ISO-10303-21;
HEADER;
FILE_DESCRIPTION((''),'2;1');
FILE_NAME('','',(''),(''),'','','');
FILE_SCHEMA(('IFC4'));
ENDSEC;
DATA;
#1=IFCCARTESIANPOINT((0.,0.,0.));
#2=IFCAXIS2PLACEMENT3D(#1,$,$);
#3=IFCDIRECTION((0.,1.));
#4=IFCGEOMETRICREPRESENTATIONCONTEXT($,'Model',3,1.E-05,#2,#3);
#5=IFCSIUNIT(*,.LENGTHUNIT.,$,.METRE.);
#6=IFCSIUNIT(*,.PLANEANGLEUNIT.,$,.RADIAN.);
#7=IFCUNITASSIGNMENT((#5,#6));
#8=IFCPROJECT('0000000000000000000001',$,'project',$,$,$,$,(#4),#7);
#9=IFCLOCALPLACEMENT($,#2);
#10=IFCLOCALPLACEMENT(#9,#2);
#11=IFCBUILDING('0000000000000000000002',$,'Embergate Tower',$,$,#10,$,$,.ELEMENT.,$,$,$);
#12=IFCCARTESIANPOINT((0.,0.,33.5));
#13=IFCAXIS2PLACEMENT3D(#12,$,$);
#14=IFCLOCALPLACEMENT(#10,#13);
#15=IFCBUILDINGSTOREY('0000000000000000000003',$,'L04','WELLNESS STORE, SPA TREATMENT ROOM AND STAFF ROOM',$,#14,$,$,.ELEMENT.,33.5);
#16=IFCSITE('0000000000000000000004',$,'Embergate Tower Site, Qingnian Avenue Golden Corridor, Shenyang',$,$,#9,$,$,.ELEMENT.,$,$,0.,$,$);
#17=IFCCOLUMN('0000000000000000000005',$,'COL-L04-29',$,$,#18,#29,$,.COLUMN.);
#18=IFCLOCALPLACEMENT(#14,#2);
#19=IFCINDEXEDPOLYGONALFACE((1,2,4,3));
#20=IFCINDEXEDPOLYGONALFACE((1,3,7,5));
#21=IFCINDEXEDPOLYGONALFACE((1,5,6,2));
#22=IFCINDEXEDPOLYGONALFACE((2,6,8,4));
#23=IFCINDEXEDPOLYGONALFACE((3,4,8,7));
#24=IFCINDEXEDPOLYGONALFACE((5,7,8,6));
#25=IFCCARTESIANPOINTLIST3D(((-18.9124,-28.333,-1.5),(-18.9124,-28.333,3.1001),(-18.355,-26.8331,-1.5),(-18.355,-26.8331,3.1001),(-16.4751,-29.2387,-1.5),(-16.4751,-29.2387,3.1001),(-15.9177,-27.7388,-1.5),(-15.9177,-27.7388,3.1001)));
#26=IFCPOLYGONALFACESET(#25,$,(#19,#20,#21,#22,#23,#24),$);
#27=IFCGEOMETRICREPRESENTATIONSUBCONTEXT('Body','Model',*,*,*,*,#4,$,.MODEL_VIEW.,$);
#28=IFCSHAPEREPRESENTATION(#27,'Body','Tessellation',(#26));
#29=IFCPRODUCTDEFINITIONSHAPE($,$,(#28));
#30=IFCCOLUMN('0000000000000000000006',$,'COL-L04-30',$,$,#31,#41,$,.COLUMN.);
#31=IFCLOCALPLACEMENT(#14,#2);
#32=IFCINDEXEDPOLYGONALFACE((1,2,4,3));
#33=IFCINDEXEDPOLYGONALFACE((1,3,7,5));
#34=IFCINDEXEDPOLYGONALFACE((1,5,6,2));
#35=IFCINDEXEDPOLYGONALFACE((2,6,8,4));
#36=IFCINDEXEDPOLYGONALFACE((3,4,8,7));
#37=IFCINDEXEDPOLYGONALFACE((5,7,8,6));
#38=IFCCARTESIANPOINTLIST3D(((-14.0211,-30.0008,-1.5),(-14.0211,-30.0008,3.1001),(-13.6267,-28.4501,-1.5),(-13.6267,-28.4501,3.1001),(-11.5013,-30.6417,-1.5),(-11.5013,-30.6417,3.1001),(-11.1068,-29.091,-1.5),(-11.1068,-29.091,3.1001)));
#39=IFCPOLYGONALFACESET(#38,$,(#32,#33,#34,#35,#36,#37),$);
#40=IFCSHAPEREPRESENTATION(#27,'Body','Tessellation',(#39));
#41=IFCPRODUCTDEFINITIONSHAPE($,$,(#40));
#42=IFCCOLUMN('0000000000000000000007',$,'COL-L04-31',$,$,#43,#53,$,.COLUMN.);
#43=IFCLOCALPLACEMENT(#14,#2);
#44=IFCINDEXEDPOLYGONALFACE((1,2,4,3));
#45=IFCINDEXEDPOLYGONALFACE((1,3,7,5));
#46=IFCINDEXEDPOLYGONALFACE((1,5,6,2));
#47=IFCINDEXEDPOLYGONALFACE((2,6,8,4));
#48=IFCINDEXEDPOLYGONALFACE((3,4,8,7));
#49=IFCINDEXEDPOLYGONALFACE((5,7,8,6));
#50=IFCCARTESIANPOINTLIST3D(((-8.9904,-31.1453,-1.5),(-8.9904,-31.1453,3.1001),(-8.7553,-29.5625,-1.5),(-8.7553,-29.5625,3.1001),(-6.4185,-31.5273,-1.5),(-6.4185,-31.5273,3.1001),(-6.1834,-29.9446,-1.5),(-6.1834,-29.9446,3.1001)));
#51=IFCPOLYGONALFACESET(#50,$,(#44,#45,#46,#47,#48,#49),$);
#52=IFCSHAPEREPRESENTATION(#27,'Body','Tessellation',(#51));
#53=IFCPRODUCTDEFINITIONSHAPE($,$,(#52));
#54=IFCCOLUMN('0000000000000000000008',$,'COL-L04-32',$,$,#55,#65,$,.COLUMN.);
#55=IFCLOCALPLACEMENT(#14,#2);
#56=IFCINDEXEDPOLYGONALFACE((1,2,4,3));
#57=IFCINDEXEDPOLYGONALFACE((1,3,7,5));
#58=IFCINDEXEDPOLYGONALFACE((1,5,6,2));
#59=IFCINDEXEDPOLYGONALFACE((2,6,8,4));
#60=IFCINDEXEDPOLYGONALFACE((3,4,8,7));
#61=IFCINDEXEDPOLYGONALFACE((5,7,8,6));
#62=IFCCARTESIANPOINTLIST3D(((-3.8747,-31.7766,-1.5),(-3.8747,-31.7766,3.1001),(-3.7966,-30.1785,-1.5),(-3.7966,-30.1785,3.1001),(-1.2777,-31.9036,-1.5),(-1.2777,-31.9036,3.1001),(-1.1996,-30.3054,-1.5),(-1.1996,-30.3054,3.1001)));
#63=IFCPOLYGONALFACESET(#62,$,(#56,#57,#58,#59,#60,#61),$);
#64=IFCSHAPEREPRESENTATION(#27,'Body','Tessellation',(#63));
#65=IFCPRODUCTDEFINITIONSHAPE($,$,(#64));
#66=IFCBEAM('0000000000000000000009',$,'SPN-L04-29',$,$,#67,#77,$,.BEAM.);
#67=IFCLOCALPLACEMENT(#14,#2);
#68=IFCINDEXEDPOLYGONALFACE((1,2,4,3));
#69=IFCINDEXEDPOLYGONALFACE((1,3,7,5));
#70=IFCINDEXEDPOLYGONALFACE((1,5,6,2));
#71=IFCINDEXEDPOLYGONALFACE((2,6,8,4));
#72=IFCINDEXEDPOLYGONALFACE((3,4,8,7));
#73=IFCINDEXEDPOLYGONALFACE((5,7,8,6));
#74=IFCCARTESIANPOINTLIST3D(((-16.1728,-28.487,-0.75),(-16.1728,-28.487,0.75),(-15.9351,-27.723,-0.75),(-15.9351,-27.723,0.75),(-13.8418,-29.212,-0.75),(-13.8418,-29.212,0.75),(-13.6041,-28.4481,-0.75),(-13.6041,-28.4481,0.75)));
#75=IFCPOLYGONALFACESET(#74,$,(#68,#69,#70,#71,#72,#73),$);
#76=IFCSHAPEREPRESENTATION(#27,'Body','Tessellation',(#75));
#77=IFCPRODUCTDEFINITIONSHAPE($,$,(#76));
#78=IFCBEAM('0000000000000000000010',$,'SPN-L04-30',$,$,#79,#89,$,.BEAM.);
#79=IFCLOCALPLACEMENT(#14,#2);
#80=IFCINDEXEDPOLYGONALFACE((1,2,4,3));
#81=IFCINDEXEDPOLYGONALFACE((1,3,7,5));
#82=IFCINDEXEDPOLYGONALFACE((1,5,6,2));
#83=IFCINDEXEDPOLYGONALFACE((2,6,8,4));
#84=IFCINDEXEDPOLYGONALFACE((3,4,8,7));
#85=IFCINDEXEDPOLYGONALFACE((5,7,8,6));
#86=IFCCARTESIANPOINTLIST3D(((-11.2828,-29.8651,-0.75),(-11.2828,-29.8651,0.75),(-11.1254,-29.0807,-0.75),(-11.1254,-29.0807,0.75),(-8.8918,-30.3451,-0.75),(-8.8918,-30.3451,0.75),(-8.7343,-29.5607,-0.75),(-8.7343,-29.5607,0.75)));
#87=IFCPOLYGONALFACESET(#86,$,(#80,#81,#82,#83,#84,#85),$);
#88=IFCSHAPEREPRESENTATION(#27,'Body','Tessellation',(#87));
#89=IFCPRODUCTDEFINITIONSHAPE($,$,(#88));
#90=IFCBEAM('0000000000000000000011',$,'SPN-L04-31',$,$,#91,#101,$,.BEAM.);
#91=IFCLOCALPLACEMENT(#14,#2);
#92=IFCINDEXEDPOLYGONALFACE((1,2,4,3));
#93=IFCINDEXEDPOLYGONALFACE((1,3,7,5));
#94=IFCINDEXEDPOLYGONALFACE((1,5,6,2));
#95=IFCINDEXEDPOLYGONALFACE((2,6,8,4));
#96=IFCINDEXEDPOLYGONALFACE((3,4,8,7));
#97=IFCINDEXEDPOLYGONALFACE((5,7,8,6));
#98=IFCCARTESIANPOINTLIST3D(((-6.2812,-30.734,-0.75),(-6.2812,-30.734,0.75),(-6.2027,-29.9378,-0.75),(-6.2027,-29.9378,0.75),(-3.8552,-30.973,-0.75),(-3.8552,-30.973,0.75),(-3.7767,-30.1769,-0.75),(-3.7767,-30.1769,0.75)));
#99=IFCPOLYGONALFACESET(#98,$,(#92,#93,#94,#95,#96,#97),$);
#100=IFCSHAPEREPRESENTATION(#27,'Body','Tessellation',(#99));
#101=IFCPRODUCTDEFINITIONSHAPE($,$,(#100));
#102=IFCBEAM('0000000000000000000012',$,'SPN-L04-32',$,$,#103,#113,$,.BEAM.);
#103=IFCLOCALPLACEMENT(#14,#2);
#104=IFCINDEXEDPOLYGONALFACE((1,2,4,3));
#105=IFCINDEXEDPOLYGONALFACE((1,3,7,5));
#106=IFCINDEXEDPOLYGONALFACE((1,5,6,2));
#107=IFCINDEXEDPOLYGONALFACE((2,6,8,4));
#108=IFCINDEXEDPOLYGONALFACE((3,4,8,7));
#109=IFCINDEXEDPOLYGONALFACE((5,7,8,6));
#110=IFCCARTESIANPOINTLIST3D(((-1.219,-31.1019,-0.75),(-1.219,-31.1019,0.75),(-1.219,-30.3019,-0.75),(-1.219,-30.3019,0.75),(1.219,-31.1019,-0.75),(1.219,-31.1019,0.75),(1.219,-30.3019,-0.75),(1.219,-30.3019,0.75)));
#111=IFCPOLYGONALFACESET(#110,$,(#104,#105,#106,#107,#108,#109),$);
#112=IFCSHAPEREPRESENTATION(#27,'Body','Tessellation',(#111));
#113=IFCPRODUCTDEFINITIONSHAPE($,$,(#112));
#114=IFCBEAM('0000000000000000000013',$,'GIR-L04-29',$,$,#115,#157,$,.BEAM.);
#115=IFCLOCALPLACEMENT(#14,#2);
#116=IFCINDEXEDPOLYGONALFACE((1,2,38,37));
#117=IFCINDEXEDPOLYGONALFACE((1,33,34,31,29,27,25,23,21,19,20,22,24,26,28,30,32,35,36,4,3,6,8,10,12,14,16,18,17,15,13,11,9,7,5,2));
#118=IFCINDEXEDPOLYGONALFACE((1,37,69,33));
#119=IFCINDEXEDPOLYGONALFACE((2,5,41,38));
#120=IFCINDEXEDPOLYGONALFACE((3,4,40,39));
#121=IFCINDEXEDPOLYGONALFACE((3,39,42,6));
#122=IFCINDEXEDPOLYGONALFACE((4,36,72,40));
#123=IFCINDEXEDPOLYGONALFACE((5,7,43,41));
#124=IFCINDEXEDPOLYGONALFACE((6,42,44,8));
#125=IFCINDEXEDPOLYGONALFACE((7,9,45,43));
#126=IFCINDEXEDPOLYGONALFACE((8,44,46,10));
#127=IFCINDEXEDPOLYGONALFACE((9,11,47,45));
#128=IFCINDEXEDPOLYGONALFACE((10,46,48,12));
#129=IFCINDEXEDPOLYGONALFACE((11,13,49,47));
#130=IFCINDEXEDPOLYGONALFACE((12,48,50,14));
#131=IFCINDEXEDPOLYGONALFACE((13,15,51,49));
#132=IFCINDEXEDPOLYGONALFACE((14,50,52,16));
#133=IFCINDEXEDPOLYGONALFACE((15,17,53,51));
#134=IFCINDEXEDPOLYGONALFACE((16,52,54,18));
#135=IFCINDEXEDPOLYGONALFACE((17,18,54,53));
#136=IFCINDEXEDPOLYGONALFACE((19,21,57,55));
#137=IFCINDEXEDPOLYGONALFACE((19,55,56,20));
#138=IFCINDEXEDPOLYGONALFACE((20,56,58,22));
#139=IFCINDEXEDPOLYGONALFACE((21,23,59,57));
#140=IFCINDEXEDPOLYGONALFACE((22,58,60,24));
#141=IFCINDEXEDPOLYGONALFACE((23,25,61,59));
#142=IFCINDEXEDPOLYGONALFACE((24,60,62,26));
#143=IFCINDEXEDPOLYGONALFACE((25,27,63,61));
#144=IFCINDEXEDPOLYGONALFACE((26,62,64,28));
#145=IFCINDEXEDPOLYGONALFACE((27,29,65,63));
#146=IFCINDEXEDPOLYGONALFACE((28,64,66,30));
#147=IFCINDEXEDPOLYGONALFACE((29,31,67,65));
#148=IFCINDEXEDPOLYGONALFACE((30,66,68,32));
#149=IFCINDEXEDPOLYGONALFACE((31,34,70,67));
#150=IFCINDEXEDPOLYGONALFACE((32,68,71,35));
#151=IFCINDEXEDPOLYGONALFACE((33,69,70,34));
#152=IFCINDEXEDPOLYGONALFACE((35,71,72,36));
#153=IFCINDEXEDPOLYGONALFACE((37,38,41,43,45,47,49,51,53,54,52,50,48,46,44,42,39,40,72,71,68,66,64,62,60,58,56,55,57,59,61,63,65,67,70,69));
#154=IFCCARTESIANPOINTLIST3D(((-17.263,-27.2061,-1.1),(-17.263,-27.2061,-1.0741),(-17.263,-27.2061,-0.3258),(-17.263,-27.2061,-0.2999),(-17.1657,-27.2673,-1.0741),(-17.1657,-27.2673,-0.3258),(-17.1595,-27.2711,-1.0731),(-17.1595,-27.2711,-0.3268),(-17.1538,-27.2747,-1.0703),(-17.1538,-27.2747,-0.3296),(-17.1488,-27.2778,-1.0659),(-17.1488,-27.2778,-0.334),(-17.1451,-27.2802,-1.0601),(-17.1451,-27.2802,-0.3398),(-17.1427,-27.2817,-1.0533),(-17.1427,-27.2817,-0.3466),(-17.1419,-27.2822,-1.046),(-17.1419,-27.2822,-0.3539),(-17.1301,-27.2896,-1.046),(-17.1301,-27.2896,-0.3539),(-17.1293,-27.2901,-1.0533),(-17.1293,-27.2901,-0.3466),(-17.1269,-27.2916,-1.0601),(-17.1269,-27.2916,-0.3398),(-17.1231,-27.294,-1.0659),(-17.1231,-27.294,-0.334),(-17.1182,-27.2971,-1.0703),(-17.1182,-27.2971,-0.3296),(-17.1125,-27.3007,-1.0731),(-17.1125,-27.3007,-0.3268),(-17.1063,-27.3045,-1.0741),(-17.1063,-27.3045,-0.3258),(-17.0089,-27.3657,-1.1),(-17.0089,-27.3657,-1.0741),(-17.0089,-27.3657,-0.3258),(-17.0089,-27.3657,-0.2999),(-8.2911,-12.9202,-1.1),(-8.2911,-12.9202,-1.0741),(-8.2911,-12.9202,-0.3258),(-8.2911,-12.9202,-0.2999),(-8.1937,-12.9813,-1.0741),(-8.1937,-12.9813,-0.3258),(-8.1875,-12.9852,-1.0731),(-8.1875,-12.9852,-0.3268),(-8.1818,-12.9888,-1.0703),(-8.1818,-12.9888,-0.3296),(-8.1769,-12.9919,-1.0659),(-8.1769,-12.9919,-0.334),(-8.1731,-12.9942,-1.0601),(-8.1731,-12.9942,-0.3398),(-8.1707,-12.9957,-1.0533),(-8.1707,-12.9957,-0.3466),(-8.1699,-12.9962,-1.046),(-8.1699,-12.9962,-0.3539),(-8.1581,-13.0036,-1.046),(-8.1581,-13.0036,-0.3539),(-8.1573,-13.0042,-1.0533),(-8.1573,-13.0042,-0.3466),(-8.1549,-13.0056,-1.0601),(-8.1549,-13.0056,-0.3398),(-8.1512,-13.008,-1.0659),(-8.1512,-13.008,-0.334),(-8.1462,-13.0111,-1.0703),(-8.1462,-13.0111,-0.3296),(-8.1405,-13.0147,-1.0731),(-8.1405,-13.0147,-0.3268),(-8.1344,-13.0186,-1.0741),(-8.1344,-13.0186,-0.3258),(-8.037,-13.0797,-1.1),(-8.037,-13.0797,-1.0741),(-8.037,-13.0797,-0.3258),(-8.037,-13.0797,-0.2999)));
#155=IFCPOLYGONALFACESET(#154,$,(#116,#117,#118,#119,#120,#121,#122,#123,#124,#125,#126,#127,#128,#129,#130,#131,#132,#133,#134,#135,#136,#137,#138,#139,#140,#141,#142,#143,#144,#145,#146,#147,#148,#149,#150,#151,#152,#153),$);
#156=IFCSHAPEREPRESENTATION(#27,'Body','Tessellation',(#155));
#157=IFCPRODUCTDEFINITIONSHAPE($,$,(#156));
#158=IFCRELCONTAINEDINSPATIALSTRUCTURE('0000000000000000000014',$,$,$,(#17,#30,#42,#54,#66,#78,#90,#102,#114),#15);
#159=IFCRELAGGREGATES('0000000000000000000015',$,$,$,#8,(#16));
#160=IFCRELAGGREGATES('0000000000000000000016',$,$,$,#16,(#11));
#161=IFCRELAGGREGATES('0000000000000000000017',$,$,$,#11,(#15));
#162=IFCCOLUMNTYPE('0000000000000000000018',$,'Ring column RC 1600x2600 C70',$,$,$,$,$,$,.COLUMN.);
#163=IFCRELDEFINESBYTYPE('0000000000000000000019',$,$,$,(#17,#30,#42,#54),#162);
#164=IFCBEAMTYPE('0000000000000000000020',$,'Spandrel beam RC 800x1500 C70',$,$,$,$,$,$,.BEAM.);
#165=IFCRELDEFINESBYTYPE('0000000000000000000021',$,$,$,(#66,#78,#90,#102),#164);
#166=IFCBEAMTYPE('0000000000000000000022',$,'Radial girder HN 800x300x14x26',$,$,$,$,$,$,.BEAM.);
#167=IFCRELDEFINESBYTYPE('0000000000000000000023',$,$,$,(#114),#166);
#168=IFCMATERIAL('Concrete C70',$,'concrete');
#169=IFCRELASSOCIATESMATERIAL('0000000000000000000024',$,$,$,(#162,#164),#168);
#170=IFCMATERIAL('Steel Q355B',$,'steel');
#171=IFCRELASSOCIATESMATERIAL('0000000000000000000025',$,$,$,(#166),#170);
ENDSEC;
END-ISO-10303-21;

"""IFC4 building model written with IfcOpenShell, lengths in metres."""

from ifc_helpers import new_model, si_unit, direction, frame, origin, origin_2d, place, context, subcontext, project, spatial, rectangle, i_section, extrude, source, transform, mapped, material, material_profile, profile_set, type_object, element, save


model = new_model("IFC4")

# Units and contexts
model_context = context("Model", 3, precision=1e-05, world=origin(), true_north=direction((0.0, 1.0)))
body_context = subcontext(model_context, "Body", "Model", "MODEL_VIEW")
ifc_project = project(units=[si_unit("LENGTHUNIT", "METRE"), si_unit("PLANEANGLEUNIT", "RADIAN")], contexts=[model_context])

# Site, building, storey
site_placement = place(None, origin())
site = spatial("IfcSite", under=ifc_project, at=site_placement, Name="Embergate Tower Site, Qingnian Avenue Golden Corridor, Shenyang", CompositionType="ELEMENT", RefElevation=0.0)
building_placement = place(site_placement, origin())
building = spatial("IfcBuilding", under=site, at=building_placement, Name="Embergate Tower", CompositionType="ELEMENT")
storey_placement = place(building_placement, frame((0.0, 0.0, 33.5)))
storey = spatial("IfcBuildingStorey", under=building, at=storey_placement, Name="L04", Description="WELLNESS STORE, SPA TREATMENT ROOM AND STAFF ROOM", CompositionType="ELEMENT", Elevation=33.5)

# Columns
ifc_material_1 = material(Name="Concrete C70", Category="concrete")
ifc_material_profile_1 = material_profile(ifc_material_1, rectangle(XDim=1.6001, YDim=2.6001, at=origin_2d()), Name="RC 1600x2600")
ifc_profile_set_1 = profile_set([ifc_material_profile_1], Name="Concrete C70")
column_type = type_object("IfcColumnType", Name="Ring column RC 1600x2600 C70", PredefinedType="COLUMN", material=ifc_profile_set_1)
shared_shape_1 = source(origin(), body_context, "Body", "SweptSolid", [
    extrude(rectangle(XDim=1.6001, YDim=2.6001, at=origin_2d()), origin(), (0.0, 0.0, 1.0), 4.6001),
])
for number, where, z_axis, x_axis, name in (
    (1, (-17.415, -28.0359, -1.5), (0.0, 0.0, 1.0), (-0.348343, -0.937367, 0.0), "COL-L04-29"),
    (2, (-12.564, -29.5459, -1.5), (0.0, 0.0, 1.0), (-0.246509, -0.969141, 0.0), "COL-L04-30"),
    (3, (-7.5869, -30.5449, -1.5), (0.0, 0.0, 1.0), (-0.146929, -0.989147, 0.0), "COL-L04-31"),
    (4, (-2.5371, -31.041, -1.5), (0.0, 0.0, 1.0), (-0.048815, -0.998808, 0.0), "COL-L04-32"),
):
    element("IfcColumn", number, at=place(storey_placement, frame(where, z_axis=z_axis, x_axis=x_axis)), inside=storey, type_object=column_type, Name=name, PredefinedType="COLUMN", context=body_context, shape_type="MappedRepresentation", body=[
        mapped(shared_shape_1, transform((0.0, 0.0, 0.0))),
    ])

# Beams
ifc_material_profile_2 = material_profile(ifc_material_1, rectangle(XDim=0.8, YDim=1.5, at=origin_2d()), Name="RC 800x1500")
ifc_profile_set_2 = profile_set([ifc_material_profile_2], Name="Concrete C70")
beam_type_1 = type_object("IfcBeamType", Name="Spandrel beam RC 800x1500 C70", PredefinedType="BEAM", material=ifc_profile_set_2)
shared_shape_2 = source(origin(), body_context, "Body", "SweptSolid", [
    extrude(rectangle(XDim=0.8, YDim=1.5, at=origin_2d()), origin(), (0.0, 0.0, 1.0), 2.4412),
])
beam_1_placement = place(storey_placement, frame((-16.054, -28.105, 0.0), z_axis=(0.954871, -0.297022, 0.0), x_axis=(0.297022, 0.954871, 0.0)))
element("IfcBeam", 5, at=beam_1_placement, inside=storey, type_object=beam_type_1, Name="SPN-L04-29", PredefinedType="BEAM", context=body_context, shape_type="MappedRepresentation", body=[
    mapped(shared_shape_2, transform((0.0, 0.0, 0.0))),
])
shared_shape_3 = source(origin(), body_context, "Body", "SweptSolid", [
    extrude(rectangle(XDim=0.8, YDim=1.5, at=origin_2d()), origin(), (0.0, 0.0, 1.0), 2.4387),
])
beam_2_placement = place(storey_placement, frame((-11.2041, -29.4729, 0.0), z_axis=(0.980442, -0.196809, 0.0), x_axis=(0.196809, 0.980442, 0.0)))
element("IfcBeam", 6, at=beam_2_placement, inside=storey, type_object=beam_type_1, Name="SPN-L04-30", PredefinedType="BEAM", context=body_context, shape_type="MappedRepresentation", body=[
    mapped(shared_shape_3, transform((0.0, 0.0, 0.0))),
])
shared_shape_4 = source(origin(), body_context, "Body", "SweptSolid", [
    extrude(rectangle(XDim=0.8, YDim=1.5, at=origin_2d()), origin(), (0.0, 0.0, 1.0), 2.4377),
])
beam_3_placement = place(storey_placement, frame((-6.2419, -30.3359, 0.0), z_axis=(0.995182, -0.098046, 0.0), x_axis=(0.098046, 0.995182, 0.0)))
element("IfcBeam", 7, at=beam_3_placement, inside=storey, type_object=beam_type_1, Name="SPN-L04-31", PredefinedType="BEAM", context=body_context, shape_type="MappedRepresentation", body=[
    mapped(shared_shape_4, transform((0.0, 0.0, 0.0))),
])
shared_shape_5 = source(origin(), body_context, "Body", "SweptSolid", [
    extrude(rectangle(XDim=0.8, YDim=1.5, at=origin_2d()), origin(), (0.0, 0.0, 1.0), 2.438),
])
beam_4_placement = place(storey_placement, frame((-1.219, -30.7019, 0.0), z_axis=(1.0, 0.0, 0.0), x_axis=(0.0, 1.0, 0.0)))
element("IfcBeam", 8, at=beam_4_placement, inside=storey, type_object=beam_type_1, Name="SPN-L04-32", PredefinedType="BEAM", context=body_context, shape_type="MappedRepresentation", body=[
    mapped(shared_shape_5, transform((0.0, 0.0, 0.0))),
])
ifc_material_2 = material(Name="Steel Q355B", Category="steel")
ifc_material_profile_3 = material_profile(ifc_material_2, i_section(OverallWidth=0.3, OverallDepth=0.8, WebThickness=0.0139, FlangeThickness=0.0259, FilletRadius=0.0281, at=origin_2d()), Name="HN 800x300x14x26")
ifc_profile_set_3 = profile_set([ifc_material_profile_3], Name="Steel Q355 grade B")
beam_type_2 = type_object("IfcBeamType", Name="Radial girder HN 800x300x14x26", PredefinedType="BEAM", material=ifc_profile_set_3)
shared_shape_6 = source(origin(), body_context, "Body", "SweptSolid", [
    extrude(i_section(OverallWidth=0.3, OverallDepth=0.8, WebThickness=0.0139, FlangeThickness=0.0259, FilletRadius=0.0281, at=origin_2d()), origin(), (0.0, 0.0, 1.0), 16.8696),
])
beam_5_placement = place(storey_placement, frame((-17.136, -27.2859, -0.7), z_axis=(0.531841, 0.846844, 0.0), x_axis=(-0.846844, 0.531841, 0.0)))
element("IfcBeam", 9, at=beam_5_placement, inside=storey, type_object=beam_type_2, Name="GIR-L04-29", PredefinedType="BEAM", context=body_context, shape_type="MappedRepresentation", body=[
    mapped(shared_shape_6, transform((0.0, 0.0, 0.0))),
])

save(model, "model.ifc")
